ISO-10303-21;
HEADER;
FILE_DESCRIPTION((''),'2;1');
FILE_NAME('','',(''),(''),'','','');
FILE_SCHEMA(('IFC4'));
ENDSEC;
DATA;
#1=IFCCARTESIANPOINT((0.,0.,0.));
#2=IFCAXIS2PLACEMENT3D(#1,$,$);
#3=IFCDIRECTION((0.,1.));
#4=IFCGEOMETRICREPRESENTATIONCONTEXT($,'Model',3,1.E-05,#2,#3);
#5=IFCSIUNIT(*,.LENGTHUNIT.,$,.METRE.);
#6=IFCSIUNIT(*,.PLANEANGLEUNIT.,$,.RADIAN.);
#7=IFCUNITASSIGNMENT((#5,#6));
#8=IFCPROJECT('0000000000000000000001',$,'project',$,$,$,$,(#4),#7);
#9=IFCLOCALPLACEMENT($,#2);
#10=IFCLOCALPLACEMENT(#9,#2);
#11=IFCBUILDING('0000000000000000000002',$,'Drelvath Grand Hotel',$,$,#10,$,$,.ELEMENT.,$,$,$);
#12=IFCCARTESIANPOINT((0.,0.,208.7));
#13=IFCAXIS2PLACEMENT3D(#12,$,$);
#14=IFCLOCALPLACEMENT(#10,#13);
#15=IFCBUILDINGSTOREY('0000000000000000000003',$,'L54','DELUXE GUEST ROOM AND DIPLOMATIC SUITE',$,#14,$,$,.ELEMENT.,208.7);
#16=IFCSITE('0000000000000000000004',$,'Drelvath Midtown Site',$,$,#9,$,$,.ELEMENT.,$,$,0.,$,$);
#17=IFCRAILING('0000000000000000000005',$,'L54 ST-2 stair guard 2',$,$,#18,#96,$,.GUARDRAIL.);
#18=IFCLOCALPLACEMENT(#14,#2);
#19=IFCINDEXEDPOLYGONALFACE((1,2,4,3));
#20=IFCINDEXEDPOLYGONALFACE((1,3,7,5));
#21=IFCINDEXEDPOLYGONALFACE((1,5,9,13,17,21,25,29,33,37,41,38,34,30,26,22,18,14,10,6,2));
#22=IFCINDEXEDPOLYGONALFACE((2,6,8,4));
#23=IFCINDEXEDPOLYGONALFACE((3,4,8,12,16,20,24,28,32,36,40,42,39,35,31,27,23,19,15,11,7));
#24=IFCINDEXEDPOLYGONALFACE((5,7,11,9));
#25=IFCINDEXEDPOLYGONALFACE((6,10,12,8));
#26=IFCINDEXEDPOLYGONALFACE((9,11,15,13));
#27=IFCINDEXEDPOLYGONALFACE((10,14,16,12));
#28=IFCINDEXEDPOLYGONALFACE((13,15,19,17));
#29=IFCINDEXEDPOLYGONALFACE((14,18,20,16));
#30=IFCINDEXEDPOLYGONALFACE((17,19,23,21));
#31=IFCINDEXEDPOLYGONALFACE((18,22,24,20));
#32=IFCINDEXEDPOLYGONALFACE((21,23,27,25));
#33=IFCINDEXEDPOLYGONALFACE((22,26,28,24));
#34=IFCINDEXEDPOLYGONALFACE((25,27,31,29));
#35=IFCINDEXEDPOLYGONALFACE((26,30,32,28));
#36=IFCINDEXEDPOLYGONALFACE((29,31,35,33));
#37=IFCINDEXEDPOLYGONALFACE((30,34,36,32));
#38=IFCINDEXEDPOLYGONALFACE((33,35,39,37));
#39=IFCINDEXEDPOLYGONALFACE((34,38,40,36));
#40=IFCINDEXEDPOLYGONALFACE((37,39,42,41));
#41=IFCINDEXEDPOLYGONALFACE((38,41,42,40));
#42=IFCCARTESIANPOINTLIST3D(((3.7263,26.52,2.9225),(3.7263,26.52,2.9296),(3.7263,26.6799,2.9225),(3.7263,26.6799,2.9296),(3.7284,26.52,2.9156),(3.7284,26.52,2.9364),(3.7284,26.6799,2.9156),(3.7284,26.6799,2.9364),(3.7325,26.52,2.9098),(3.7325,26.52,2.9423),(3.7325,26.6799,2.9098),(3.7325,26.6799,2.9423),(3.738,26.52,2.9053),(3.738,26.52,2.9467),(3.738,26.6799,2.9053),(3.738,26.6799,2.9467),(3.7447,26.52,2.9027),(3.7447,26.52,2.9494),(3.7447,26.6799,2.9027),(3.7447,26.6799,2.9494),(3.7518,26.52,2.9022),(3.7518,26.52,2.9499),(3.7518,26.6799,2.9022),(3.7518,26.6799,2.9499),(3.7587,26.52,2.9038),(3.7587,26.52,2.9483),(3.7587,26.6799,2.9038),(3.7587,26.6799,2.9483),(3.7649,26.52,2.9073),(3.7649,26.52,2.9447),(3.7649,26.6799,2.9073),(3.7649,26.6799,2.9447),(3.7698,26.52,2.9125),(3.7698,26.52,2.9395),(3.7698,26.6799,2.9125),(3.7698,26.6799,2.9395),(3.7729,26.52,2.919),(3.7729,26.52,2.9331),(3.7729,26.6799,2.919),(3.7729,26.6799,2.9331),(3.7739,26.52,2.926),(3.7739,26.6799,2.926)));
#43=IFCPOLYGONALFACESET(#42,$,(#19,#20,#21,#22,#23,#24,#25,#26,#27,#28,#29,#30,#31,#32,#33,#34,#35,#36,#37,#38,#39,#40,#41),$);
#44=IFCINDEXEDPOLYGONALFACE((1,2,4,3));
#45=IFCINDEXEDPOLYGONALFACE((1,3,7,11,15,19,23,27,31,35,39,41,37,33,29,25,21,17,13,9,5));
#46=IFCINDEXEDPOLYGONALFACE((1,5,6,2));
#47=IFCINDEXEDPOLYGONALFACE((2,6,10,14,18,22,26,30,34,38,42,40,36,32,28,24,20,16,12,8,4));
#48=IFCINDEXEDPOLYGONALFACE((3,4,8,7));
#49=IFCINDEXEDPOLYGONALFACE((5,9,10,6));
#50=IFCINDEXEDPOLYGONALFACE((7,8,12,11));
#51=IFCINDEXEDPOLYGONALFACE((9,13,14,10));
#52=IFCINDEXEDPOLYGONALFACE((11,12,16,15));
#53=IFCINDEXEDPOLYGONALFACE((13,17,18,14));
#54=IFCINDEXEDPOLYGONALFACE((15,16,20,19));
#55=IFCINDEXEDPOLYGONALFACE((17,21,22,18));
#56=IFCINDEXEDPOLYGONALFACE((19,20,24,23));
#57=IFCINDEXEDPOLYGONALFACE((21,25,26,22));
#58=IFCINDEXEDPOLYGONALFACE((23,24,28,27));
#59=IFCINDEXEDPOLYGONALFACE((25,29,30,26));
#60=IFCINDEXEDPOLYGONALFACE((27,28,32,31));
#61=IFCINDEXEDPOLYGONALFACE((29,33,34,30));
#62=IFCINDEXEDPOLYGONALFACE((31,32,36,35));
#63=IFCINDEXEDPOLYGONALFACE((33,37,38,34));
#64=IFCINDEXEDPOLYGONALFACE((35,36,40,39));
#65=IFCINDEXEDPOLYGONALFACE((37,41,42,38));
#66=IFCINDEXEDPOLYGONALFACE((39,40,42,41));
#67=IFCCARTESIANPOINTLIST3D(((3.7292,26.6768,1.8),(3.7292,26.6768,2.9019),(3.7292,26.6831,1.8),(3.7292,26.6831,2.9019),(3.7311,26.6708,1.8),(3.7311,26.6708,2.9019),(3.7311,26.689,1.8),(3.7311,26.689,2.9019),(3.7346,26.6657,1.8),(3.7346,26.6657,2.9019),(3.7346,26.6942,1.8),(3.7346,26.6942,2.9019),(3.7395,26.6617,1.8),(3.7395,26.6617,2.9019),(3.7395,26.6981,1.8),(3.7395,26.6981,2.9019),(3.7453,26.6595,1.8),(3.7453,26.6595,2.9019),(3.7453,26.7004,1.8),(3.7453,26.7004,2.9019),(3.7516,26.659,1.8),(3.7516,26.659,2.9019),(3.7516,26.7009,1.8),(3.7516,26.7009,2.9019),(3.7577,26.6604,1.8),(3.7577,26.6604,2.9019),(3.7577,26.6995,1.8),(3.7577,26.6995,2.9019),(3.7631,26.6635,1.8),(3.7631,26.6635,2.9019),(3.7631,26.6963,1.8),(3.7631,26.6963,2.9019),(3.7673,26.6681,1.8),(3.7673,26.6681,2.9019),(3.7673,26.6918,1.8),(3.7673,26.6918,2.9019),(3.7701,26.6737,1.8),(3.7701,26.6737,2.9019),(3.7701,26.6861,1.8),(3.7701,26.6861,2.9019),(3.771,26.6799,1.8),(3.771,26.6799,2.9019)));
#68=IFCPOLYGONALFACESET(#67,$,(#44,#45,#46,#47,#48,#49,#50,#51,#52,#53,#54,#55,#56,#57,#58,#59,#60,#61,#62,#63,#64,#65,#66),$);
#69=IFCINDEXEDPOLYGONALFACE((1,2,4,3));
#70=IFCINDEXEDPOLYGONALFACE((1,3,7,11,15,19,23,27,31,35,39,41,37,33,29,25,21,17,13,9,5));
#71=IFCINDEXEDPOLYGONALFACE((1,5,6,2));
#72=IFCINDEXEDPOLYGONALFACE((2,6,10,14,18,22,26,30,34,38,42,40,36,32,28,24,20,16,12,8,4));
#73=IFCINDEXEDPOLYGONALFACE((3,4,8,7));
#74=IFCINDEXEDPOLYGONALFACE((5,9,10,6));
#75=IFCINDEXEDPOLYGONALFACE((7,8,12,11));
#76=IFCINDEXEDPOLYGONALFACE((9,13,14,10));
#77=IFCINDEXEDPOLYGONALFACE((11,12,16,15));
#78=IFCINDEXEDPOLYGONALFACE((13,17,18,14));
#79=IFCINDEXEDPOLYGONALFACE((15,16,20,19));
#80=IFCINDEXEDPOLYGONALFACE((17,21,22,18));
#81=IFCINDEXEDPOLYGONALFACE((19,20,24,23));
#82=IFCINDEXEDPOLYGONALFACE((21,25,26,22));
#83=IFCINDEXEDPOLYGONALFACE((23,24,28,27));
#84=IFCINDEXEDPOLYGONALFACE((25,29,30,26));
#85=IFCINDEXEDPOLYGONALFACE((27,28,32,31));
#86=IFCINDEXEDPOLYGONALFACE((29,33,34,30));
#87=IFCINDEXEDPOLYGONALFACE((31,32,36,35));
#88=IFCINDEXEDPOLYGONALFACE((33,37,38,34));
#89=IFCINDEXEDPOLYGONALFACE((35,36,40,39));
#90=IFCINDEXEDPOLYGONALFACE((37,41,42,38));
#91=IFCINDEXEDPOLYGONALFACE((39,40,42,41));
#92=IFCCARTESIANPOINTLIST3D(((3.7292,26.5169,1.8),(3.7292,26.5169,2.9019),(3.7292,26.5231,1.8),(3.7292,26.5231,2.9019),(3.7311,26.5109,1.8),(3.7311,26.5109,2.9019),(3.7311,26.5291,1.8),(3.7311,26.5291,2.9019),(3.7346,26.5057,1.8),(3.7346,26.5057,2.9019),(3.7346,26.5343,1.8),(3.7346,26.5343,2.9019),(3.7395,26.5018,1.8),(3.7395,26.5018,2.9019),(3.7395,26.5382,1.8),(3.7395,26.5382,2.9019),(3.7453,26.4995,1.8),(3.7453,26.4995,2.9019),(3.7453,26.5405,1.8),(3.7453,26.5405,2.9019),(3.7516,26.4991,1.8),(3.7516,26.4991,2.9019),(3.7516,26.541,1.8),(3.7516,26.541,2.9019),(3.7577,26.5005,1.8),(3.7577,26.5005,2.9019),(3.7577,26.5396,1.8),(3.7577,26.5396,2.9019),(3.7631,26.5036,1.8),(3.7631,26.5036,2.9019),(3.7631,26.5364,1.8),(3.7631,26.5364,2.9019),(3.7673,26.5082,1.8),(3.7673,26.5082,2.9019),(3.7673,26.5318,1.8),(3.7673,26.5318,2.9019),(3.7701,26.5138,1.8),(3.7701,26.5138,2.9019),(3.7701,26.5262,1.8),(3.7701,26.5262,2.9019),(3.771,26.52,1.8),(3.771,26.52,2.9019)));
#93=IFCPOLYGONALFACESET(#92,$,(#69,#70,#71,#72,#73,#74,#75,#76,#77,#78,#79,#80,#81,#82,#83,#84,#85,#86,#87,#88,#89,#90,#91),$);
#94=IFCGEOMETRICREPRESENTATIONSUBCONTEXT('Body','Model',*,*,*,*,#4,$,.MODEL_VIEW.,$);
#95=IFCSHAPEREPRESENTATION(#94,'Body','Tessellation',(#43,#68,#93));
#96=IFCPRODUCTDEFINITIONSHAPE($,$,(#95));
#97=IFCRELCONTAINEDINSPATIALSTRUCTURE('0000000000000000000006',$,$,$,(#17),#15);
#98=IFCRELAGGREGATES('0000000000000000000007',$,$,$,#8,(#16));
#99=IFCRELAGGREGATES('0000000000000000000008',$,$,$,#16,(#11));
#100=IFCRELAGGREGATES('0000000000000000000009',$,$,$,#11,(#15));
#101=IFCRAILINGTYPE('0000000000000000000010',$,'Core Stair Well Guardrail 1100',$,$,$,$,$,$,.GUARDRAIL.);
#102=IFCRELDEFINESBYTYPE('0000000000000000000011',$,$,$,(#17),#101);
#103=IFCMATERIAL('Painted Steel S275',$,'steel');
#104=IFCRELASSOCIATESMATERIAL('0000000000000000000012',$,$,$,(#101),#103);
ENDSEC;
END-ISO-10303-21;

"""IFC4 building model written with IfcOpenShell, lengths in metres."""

from ifc_helpers import new_model, si_unit, direction, frame, origin, origin_2d, place, context, subcontext, project, spatial, circle, extrude, material, type_object, element, save


model = new_model("IFC4")

# Units and contexts
model_context = context("Model", 3, precision=1e-05, world=origin(), true_north=direction((0.0, 1.0)))
body_context = subcontext(model_context, "Body", "Model", "MODEL_VIEW")
ifc_project = project(units=[si_unit("LENGTHUNIT", "METRE"), si_unit("PLANEANGLEUNIT", "RADIAN")], contexts=[model_context])

# Site, building, storey
site_placement = place(None, origin())
site = spatial("IfcSite", under=ifc_project, at=site_placement, Name="Drelvath Midtown Site", CompositionType="ELEMENT", RefElevation=0.0)
building_placement = place(site_placement, origin())
building = spatial("IfcBuilding", under=site, at=building_placement, Name="Drelvath Grand Hotel", CompositionType="ELEMENT")
storey_placement = place(building_placement, frame((0.0, 0.0, 208.7)))
storey = spatial("IfcBuildingStorey", under=building, at=storey_placement, Name="L54", Description="DELUXE GUEST ROOM AND DIPLOMATIC SUITE", CompositionType="ELEMENT", Elevation=208.7)

# Railing
ifc_material_1 = material(Name="Painted Steel S275", Category="steel")
railing_type_1 = type_object("IfcRailingType", Name="Core Stair Well Guardrail 1100", PredefinedType="GUARDRAIL", material=ifc_material_1)
railing_1_placement = place(storey_placement, frame((3.75, 26.6799, 1.8)))
element("IfcRailing", 1, at=railing_1_placement, inside=storey, type_object=railing_type_1, Name="L54 ST-2 stair guard 2", PredefinedType="GUARDRAIL", context=body_context, shape_type="SweptSolid", body=[
    extrude(circle(Radius=0.0239, at=origin_2d()), frame((0.0, 0.0, 1.126), z_axis=(0.0, -1.0, 0.0), x_axis=(1.0, 0.0, 0.0)), (0.0, 0.0, 1.0), 0.1599),
    extrude(circle(Radius=0.021, at=origin_2d()), origin(), (0.0, 0.0, 1.0), 1.1018),
    extrude(circle(Radius=0.021, at=origin_2d()), frame((0.0, -0.1599, 0.0)), (0.0, 0.0, 1.0), 1.1018),
])

save(model, "model.ifc")
